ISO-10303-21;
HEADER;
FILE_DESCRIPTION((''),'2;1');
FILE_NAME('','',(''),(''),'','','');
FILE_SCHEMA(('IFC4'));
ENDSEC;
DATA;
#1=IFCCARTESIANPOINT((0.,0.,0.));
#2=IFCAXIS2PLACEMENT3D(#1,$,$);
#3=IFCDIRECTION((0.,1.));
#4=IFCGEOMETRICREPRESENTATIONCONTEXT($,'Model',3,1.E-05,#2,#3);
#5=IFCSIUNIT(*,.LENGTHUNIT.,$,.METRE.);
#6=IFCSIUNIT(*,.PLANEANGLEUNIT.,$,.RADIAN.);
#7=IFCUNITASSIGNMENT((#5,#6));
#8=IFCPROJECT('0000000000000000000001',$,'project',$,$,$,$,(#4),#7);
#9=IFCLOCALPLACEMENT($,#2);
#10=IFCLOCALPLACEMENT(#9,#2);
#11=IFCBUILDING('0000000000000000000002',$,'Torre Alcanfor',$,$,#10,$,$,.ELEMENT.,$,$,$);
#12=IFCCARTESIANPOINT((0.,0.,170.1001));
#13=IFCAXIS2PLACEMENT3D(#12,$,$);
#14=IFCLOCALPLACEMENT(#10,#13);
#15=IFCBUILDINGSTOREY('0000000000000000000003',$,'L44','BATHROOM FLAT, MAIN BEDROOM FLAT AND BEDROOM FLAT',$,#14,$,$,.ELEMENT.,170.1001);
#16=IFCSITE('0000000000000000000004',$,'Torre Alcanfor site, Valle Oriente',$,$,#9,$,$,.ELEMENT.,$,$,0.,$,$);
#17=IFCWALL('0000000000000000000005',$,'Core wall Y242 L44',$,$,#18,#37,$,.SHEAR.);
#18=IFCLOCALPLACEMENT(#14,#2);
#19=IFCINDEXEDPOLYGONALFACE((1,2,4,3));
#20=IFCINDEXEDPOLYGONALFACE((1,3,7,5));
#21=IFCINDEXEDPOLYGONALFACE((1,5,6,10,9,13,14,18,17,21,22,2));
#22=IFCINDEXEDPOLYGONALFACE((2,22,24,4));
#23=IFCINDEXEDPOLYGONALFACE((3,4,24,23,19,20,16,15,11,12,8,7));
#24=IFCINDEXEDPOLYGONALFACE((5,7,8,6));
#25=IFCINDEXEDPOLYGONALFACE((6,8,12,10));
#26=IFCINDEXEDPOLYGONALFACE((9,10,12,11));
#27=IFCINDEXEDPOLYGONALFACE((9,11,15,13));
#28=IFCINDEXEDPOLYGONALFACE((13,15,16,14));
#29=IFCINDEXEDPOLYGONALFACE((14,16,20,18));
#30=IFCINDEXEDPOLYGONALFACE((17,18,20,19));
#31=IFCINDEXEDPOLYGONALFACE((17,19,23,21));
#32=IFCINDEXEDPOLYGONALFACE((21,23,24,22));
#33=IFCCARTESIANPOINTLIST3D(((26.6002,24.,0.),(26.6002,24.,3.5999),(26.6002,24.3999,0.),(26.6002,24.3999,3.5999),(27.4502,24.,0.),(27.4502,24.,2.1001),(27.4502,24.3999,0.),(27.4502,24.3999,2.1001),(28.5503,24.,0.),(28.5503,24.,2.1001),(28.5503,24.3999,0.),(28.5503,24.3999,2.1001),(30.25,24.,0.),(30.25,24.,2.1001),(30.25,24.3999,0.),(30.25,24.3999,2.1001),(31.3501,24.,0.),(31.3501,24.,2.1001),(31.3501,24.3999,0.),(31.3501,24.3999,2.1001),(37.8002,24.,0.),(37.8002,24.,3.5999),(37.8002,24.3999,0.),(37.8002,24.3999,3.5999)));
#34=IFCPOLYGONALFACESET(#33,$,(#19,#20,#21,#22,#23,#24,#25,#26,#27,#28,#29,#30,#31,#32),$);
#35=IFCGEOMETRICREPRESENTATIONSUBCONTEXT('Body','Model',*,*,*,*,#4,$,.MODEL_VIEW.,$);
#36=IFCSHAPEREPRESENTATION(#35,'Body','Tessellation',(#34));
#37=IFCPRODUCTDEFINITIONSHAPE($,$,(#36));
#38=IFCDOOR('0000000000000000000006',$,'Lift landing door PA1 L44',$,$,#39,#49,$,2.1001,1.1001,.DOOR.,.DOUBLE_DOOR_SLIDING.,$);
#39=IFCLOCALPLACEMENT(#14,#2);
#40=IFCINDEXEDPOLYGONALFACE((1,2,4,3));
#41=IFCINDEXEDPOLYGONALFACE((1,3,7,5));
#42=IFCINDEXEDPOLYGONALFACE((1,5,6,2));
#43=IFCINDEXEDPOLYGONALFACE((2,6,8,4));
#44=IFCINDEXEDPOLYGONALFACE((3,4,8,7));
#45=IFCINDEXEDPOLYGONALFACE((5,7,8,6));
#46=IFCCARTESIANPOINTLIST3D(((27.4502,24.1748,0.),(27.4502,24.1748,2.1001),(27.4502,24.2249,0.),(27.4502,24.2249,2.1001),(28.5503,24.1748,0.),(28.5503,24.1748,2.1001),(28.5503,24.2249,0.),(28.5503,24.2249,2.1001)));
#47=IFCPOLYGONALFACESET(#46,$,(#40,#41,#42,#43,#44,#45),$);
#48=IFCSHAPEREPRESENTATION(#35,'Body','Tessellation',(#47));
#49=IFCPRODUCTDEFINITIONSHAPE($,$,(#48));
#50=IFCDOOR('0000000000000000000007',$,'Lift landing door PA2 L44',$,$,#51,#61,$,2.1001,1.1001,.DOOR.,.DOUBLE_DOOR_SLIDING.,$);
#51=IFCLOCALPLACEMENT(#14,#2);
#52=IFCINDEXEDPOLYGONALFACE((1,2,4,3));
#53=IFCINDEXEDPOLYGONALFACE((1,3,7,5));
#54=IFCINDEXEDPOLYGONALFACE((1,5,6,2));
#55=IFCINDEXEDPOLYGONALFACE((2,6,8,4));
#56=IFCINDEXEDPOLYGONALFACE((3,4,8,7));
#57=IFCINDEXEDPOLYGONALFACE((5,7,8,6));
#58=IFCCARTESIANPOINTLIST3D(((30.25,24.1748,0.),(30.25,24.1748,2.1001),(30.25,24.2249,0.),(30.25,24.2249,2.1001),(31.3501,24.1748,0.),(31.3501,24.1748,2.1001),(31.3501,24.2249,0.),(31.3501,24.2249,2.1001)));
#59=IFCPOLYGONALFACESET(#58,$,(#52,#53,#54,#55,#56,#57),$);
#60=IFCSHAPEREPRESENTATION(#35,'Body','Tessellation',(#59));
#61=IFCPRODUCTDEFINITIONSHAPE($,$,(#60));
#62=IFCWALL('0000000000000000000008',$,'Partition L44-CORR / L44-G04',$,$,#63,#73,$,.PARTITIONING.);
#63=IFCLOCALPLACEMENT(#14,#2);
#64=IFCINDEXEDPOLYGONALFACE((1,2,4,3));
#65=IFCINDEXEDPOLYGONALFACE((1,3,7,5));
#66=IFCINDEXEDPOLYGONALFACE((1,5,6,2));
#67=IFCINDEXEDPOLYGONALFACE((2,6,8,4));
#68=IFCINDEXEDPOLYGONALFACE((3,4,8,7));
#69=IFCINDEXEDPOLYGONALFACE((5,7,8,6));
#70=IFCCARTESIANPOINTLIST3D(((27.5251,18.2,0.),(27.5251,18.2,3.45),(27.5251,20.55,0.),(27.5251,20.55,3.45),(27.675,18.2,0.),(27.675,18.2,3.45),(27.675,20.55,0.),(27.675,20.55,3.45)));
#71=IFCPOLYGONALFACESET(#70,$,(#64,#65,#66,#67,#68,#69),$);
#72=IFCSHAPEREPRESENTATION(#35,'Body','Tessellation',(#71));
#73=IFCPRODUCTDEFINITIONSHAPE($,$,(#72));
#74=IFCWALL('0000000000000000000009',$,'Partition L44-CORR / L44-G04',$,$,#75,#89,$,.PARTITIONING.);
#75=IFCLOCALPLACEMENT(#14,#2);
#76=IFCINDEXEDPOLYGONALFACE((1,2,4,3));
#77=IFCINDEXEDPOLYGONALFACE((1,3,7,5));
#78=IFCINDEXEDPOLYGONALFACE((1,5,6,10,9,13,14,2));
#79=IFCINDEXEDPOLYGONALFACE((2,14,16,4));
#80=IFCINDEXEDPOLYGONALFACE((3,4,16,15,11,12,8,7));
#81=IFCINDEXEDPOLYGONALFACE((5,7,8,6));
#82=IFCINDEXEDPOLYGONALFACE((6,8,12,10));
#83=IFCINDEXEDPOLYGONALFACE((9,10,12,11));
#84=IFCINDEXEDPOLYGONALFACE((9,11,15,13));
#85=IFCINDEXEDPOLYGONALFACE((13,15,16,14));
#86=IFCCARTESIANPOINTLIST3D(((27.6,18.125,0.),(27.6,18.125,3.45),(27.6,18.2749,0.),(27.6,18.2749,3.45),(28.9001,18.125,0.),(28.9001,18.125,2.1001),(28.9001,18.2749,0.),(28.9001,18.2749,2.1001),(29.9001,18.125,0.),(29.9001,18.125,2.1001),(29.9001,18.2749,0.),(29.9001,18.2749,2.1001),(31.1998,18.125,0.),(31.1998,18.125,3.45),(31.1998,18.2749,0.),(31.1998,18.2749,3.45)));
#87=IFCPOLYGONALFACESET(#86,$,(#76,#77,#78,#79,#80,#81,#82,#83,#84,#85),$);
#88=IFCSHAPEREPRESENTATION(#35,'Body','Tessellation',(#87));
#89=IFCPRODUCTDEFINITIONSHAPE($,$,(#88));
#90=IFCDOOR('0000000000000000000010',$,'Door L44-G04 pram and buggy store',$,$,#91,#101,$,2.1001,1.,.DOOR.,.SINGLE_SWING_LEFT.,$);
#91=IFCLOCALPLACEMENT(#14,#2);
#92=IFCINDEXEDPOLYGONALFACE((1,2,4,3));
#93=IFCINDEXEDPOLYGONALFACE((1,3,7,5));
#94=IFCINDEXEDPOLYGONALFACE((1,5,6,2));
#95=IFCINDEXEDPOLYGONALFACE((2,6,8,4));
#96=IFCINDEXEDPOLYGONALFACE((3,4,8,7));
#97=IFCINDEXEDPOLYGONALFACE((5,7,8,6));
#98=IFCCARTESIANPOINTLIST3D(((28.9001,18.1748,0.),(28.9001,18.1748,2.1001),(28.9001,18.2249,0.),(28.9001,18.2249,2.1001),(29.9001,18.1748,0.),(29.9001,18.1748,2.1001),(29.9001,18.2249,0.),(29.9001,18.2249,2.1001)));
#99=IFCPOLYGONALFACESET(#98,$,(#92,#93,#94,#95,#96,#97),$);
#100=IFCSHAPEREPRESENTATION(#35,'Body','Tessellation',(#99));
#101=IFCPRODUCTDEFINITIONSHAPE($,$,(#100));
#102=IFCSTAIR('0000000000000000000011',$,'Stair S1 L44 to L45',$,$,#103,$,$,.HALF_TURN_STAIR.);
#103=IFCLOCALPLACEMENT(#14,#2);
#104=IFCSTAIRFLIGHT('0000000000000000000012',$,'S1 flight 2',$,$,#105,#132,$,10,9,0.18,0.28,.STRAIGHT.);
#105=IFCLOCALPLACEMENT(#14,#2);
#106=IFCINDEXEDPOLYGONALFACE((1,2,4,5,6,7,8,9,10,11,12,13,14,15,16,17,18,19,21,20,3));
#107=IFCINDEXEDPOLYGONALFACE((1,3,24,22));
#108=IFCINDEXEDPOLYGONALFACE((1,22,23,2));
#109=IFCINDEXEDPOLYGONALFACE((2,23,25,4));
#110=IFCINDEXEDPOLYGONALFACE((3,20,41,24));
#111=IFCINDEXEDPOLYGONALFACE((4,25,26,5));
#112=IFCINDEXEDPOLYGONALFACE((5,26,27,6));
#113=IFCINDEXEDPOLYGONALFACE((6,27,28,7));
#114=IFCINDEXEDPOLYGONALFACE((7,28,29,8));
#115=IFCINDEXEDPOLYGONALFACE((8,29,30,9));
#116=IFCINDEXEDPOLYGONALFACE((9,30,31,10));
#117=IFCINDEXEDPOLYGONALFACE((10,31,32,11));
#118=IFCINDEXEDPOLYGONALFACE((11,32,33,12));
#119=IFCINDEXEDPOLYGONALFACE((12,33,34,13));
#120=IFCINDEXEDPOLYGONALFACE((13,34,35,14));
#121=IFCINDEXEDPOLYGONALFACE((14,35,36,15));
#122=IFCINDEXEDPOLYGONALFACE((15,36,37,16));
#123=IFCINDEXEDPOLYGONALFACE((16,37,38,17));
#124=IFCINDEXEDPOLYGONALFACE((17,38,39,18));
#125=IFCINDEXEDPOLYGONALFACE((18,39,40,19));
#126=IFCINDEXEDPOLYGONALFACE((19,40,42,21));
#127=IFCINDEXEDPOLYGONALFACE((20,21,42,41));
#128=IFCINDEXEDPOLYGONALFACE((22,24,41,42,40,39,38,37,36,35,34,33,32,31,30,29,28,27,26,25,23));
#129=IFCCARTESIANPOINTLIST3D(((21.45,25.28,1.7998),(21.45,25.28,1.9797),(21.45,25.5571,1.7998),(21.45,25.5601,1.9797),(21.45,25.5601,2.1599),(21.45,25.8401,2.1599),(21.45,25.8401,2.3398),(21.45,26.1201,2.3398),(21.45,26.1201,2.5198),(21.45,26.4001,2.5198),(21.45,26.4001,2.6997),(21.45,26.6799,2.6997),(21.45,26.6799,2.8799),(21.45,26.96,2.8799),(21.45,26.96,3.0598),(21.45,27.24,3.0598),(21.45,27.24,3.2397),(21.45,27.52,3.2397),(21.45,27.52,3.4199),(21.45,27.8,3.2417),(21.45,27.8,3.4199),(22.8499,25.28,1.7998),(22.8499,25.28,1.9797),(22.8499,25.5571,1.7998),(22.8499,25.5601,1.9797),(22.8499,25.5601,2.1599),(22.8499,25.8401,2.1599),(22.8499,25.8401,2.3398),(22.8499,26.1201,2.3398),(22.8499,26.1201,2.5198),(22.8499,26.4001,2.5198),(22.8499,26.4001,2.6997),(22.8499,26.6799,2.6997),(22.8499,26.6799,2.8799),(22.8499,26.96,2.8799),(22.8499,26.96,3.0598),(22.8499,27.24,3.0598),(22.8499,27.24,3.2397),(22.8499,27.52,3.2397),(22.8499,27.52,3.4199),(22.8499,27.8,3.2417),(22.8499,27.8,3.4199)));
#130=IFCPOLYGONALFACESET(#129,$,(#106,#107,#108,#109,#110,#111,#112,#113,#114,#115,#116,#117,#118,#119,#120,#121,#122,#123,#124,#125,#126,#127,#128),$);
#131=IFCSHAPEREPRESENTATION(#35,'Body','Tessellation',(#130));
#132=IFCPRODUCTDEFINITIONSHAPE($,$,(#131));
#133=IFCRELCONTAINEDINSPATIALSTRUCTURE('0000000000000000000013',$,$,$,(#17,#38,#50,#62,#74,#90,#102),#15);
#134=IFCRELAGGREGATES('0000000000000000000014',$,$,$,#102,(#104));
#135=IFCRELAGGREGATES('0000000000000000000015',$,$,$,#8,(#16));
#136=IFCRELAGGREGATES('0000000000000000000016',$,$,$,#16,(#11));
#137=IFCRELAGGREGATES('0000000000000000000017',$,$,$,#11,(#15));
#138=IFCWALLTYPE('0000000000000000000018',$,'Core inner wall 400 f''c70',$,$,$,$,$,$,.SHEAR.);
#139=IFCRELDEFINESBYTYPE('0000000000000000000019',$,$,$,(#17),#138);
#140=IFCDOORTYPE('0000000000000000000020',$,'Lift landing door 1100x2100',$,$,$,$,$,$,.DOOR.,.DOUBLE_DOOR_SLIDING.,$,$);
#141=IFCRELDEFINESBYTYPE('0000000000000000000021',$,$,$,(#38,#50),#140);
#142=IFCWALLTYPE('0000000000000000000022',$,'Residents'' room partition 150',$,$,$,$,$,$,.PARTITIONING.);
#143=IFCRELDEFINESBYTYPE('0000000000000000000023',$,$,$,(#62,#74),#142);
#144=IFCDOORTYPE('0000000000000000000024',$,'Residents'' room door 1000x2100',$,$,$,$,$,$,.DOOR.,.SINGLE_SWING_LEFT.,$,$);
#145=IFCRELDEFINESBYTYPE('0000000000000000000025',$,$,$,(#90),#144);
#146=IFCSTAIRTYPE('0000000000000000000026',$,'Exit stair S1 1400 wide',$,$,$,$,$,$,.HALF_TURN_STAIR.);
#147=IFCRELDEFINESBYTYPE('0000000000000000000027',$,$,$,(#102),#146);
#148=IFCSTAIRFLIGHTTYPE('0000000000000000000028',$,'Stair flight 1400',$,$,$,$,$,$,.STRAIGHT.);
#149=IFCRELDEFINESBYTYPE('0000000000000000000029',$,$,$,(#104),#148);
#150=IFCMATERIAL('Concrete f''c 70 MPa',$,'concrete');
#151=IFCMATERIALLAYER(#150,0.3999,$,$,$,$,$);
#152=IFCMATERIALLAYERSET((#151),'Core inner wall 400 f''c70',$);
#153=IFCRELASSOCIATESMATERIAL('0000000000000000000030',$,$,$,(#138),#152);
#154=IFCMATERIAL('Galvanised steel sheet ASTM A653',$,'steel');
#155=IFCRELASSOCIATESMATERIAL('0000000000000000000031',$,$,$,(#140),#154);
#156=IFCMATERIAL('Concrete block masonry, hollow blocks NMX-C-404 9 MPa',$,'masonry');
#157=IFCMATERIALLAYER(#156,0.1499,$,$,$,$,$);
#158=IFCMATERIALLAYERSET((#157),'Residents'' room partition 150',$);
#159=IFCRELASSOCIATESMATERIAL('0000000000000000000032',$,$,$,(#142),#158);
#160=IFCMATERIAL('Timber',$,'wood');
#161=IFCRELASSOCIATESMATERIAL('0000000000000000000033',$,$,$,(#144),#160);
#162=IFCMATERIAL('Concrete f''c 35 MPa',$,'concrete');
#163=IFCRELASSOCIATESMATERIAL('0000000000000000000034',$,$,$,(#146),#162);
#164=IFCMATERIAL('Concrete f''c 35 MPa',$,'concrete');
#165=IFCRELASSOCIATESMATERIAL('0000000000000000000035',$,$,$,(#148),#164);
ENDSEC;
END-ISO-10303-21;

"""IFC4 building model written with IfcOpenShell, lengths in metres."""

from ifc_helpers import new_model, si_unit, direction, frame, frame_2d, origin, place, context, subcontext, project, spatial, polyline, rectangle, outline, extrude, material, layer, layer_set, type_object, element, fill, aggregate, save


model = new_model("IFC4")

# Units and contexts
model_context = context("Model", 3, precision=1e-05, world=origin(), true_north=direction((0.0, 1.0)))
body_context = subcontext(model_context, "Body", "Model", "MODEL_VIEW")
ifc_project = project(units=[si_unit("LENGTHUNIT", "METRE"), si_unit("PLANEANGLEUNIT", "RADIAN")], contexts=[model_context])

# Site, building, storey
site_placement = place(None, origin())
site = spatial("IfcSite", under=ifc_project, at=site_placement, Name="Torre Alcanfor site, Valle Oriente", CompositionType="ELEMENT", RefElevation=0.0)
building_placement = place(site_placement, origin())
building = spatial("IfcBuilding", under=site, at=building_placement, Name="Torre Alcanfor", CompositionType="ELEMENT")
storey_placement = place(building_placement, frame((0.0, 0.0, 170.1001)))
storey = spatial("IfcBuildingStorey", under=building, at=storey_placement, Name="L44", Description="BATHROOM FLAT, MAIN BEDROOM FLAT AND BEDROOM FLAT", CompositionType="ELEMENT", Elevation=170.1001)

# Shared definitions
ifc_material_1 = material(Name="Concrete f'c 70 MPa", Category="concrete")
ifc_layer_1 = layer(ifc_material_1, 0.3999)
ifc_layer_set_1 = layer_set([ifc_layer_1], Name="Core inner wall 400 f'c70")
wall_type_1 = type_object("IfcWallType", Name="Core inner wall 400 f'c70", PredefinedType="SHEAR", material=ifc_layer_set_1)

# Wall, openings, doors
wall_1_placement = place(storey_placement, frame((26.6001, 24.2, 0.0), z_axis=(0.0, 0.0, 1.0), x_axis=(1.0, 0.0, 0.0)))
wall_1 = element("IfcWall", 1, at=wall_1_placement, inside=storey, type_object=wall_type_1, Name="Core wall Y242 L44", PredefinedType="SHEAR", context=body_context, shape_type="SweptSolid", body=[
    extrude(rectangle(XDim=11.2, YDim=0.3999, at=frame_2d((5.6001, 0.0))), origin(), (0.0, 0.0, 1.0), 3.5999),
])
opening_1_placement = place(wall_1_placement, frame((0.8501, 0.0, 0.0)))
opening_1 = element("IfcOpeningElement", 2, at=opening_1_placement, cuts=wall_1, PredefinedType="OPENING", context=body_context, shape_type="SweptSolid", body=[
    extrude(rectangle(XDim=1.1001, YDim=2.1001, at=frame_2d((0.55, 1.05))), frame((0.0, 0.21, 0.0), z_axis=(0.0, -1.0, 0.0), x_axis=(1.0, 0.0, 0.0)), (0.0, 0.0, 1.0), 0.4199),
])
opening_2_placement = place(wall_1_placement, frame((3.6499, 0.0, 0.0)))
opening_2 = element("IfcOpeningElement", 3, at=opening_2_placement, cuts=wall_1, PredefinedType="OPENING", context=body_context, shape_type="SweptSolid", body=[
    extrude(rectangle(XDim=1.1001, YDim=2.1001, at=frame_2d((0.55, 1.05))), frame((0.0, 0.21, 0.0), z_axis=(0.0, -1.0, 0.0), x_axis=(1.0, 0.0, 0.0)), (0.0, 0.0, 1.0), 0.4199),
])
ifc_material_2 = material(Name="Galvanised steel sheet ASTM A653", Category="steel")
door_type_1 = type_object("IfcDoorType", Name="Lift landing door 1100x2100", OperationType="DOUBLE_DOOR_SLIDING", PredefinedType="DOOR", material=ifc_material_2)
door_1_placement = place(opening_1_placement, origin())
door_1 = element("IfcDoor", 4, at=door_1_placement, inside=storey, type_object=door_type_1, Name="Lift landing door PA1 L44", OperationType="DOUBLE_DOOR_SLIDING", OverallHeight=2.1001, OverallWidth=1.1001, PredefinedType="DOOR", context=body_context, shape_type="SweptSolid", body=[
    extrude(rectangle(XDim=1.1001, YDim=2.1001, at=frame_2d((0.55, 1.05))), frame((0.0, 0.0249, 0.0), z_axis=(0.0, -1.0, 0.0), x_axis=(1.0, 0.0, 0.0)), (0.0, 0.0, 1.0), 0.05),
])
fill(opening_1, door_1)
door_2_placement = place(opening_2_placement, origin())
door_2 = element("IfcDoor", 5, at=door_2_placement, inside=storey, type_object=door_type_1, Name="Lift landing door PA2 L44", OperationType="DOUBLE_DOOR_SLIDING", OverallHeight=2.1001, OverallWidth=1.1001, PredefinedType="DOOR", context=body_context, shape_type="SweptSolid", body=[
    extrude(rectangle(XDim=1.1001, YDim=2.1001, at=frame_2d((0.55, 1.05))), frame((0.0, 0.0249, 0.0), z_axis=(0.0, -1.0, 0.0), x_axis=(1.0, 0.0, 0.0)), (0.0, 0.0, 1.0), 0.05),
])
fill(opening_2, door_2)

# Wall
ifc_material_3 = material(Name="Concrete block masonry, hollow blocks NMX-C-404 9 MPa", Category="masonry")
ifc_layer_2 = layer(ifc_material_3, 0.1499)
ifc_layer_set_2 = layer_set([ifc_layer_2], Name="Residents' room partition 150")
wall_type_2 = type_object("IfcWallType", Name="Residents' room partition 150", PredefinedType="PARTITIONING", material=ifc_layer_set_2)
wall_2_placement = place(storey_placement, frame((27.6001, 20.55, 0.0), z_axis=(0.0, 0.0, 1.0), x_axis=(0.0, -1.0, 0.0)))
element("IfcWall", 6, at=wall_2_placement, inside=storey, type_object=wall_type_2, Name="Partition L44-CORR / L44-G04", PredefinedType="PARTITIONING", context=body_context, shape_type="SweptSolid", body=[
    extrude(rectangle(XDim=2.3501, YDim=0.1499, at=frame_2d((1.175, 0.0))), origin(), (0.0, 0.0, 1.0), 3.45),
])

# Wall, opening, door
wall_3_placement = place(storey_placement, frame((27.6001, 18.2, 0.0), z_axis=(0.0, 0.0, 1.0), x_axis=(1.0, 0.0, 0.0)))
wall_3 = element("IfcWall", 7, at=wall_3_placement, inside=storey, type_object=wall_type_2, Name="Partition L44-CORR / L44-G04", PredefinedType="PARTITIONING", context=body_context, shape_type="SweptSolid", body=[
    extrude(rectangle(XDim=3.5999, YDim=0.1499, at=frame_2d((1.7998, 0.0))), origin(), (0.0, 0.0, 1.0), 3.45),
])
opening_3_placement = place(wall_3_placement, frame((1.3, 0.0, 0.0)))
opening_3 = element("IfcOpeningElement", 8, at=opening_3_placement, cuts=wall_3, PredefinedType="OPENING", context=body_context, shape_type="SweptSolid", body=[
    extrude(rectangle(XDim=1.0, YDim=2.1001, at=frame_2d((0.5, 1.05))), frame((0.0, 0.085, 0.0), z_axis=(0.0, -1.0, 0.0), x_axis=(1.0, 0.0, 0.0)), (0.0, 0.0, 1.0), 0.1699),
])
ifc_material_4 = material(Name="Timber", Category="wood")
door_type_2 = type_object("IfcDoorType", Name="Residents' room door 1000x2100", OperationType="SINGLE_SWING_LEFT", PredefinedType="DOOR", material=ifc_material_4)
door_3_placement = place(opening_3_placement, origin())
door_3 = element("IfcDoor", 9, at=door_3_placement, inside=storey, type_object=door_type_2, Name="Door L44-G04 pram and buggy store", OperationType="SINGLE_SWING_LEFT", OverallHeight=2.1001, OverallWidth=1.0, PredefinedType="DOOR", context=body_context, shape_type="SweptSolid", body=[
    extrude(rectangle(XDim=1.0, YDim=2.1001, at=frame_2d((0.5, 1.05))), frame((0.0, 0.0249, 0.0), z_axis=(0.0, -1.0, 0.0), x_axis=(1.0, 0.0, 0.0)), (0.0, 0.0, 1.0), 0.05),
])
fill(opening_3, door_3)

# Stair, stair flight
ifc_material_5 = material(Name="Concrete f'c 35 MPa", Category="concrete")
stair_type = type_object("IfcStairType", Name="Exit stair S1 1400 wide", PredefinedType="HALF_TURN_STAIR", material=ifc_material_5)
stair_placement = place(storey_placement, origin())
stair = element("IfcStair", 10, at=stair_placement, inside=storey, type_object=stair_type, Name="Stair S1 L44 to L45", PredefinedType="HALF_TURN_STAIR")
ifc_material_6 = material(Name="Concrete f'c 35 MPa", Category="concrete")
stair_flight_type = type_object("IfcStairFlightType", Name="Stair flight 1400", PredefinedType="STRAIGHT", material=ifc_material_6)
stair_flight_placement = place(storey_placement, frame((22.1499, 25.28, 1.7998), z_axis=(0.0, 0.0, 1.0), x_axis=(0.0, 1.0, 0.0)))
stair_flight = element("IfcStairFlight", 11, at=stair_flight_placement, type_object=stair_flight_type, Name="S1 flight 2", NumberOfRisers=10, NumberOfTreads=9, PredefinedType="STRAIGHT", RiserHeight=0.18, TreadLength=0.28, context=body_context, shape_type="SweptSolid", body=[
    extrude(outline(polyline([(0.0, 0.0), (0.0, 0.1799), (0.28, 0.1799), (0.28, 0.3601), (0.5601, 0.3601), (0.5601, 0.54), (0.8401, 0.54), (0.8401, 0.72), (1.1201, 0.72), (1.1201, 0.8999), (1.3999, 0.8999), (1.3999, 1.0801), (1.6799, 1.0801), (1.6799, 1.26), (1.96, 1.26), (1.96, 1.4399), (2.24, 1.4399), (2.24, 1.6201), (2.52, 1.6201), (2.52, 1.8), (2.52, 1.4419), (0.2771, 0.0), (0.0, 0.0)])), frame((0.0, 0.7, 0.0), z_axis=(0.0, -1.0, 0.0), x_axis=(1.0, 0.0, 0.0)), (0.0, 0.0, 1.0), 1.3999),
])
aggregate(stair, [stair_flight])

save(model, "model.ifc")
